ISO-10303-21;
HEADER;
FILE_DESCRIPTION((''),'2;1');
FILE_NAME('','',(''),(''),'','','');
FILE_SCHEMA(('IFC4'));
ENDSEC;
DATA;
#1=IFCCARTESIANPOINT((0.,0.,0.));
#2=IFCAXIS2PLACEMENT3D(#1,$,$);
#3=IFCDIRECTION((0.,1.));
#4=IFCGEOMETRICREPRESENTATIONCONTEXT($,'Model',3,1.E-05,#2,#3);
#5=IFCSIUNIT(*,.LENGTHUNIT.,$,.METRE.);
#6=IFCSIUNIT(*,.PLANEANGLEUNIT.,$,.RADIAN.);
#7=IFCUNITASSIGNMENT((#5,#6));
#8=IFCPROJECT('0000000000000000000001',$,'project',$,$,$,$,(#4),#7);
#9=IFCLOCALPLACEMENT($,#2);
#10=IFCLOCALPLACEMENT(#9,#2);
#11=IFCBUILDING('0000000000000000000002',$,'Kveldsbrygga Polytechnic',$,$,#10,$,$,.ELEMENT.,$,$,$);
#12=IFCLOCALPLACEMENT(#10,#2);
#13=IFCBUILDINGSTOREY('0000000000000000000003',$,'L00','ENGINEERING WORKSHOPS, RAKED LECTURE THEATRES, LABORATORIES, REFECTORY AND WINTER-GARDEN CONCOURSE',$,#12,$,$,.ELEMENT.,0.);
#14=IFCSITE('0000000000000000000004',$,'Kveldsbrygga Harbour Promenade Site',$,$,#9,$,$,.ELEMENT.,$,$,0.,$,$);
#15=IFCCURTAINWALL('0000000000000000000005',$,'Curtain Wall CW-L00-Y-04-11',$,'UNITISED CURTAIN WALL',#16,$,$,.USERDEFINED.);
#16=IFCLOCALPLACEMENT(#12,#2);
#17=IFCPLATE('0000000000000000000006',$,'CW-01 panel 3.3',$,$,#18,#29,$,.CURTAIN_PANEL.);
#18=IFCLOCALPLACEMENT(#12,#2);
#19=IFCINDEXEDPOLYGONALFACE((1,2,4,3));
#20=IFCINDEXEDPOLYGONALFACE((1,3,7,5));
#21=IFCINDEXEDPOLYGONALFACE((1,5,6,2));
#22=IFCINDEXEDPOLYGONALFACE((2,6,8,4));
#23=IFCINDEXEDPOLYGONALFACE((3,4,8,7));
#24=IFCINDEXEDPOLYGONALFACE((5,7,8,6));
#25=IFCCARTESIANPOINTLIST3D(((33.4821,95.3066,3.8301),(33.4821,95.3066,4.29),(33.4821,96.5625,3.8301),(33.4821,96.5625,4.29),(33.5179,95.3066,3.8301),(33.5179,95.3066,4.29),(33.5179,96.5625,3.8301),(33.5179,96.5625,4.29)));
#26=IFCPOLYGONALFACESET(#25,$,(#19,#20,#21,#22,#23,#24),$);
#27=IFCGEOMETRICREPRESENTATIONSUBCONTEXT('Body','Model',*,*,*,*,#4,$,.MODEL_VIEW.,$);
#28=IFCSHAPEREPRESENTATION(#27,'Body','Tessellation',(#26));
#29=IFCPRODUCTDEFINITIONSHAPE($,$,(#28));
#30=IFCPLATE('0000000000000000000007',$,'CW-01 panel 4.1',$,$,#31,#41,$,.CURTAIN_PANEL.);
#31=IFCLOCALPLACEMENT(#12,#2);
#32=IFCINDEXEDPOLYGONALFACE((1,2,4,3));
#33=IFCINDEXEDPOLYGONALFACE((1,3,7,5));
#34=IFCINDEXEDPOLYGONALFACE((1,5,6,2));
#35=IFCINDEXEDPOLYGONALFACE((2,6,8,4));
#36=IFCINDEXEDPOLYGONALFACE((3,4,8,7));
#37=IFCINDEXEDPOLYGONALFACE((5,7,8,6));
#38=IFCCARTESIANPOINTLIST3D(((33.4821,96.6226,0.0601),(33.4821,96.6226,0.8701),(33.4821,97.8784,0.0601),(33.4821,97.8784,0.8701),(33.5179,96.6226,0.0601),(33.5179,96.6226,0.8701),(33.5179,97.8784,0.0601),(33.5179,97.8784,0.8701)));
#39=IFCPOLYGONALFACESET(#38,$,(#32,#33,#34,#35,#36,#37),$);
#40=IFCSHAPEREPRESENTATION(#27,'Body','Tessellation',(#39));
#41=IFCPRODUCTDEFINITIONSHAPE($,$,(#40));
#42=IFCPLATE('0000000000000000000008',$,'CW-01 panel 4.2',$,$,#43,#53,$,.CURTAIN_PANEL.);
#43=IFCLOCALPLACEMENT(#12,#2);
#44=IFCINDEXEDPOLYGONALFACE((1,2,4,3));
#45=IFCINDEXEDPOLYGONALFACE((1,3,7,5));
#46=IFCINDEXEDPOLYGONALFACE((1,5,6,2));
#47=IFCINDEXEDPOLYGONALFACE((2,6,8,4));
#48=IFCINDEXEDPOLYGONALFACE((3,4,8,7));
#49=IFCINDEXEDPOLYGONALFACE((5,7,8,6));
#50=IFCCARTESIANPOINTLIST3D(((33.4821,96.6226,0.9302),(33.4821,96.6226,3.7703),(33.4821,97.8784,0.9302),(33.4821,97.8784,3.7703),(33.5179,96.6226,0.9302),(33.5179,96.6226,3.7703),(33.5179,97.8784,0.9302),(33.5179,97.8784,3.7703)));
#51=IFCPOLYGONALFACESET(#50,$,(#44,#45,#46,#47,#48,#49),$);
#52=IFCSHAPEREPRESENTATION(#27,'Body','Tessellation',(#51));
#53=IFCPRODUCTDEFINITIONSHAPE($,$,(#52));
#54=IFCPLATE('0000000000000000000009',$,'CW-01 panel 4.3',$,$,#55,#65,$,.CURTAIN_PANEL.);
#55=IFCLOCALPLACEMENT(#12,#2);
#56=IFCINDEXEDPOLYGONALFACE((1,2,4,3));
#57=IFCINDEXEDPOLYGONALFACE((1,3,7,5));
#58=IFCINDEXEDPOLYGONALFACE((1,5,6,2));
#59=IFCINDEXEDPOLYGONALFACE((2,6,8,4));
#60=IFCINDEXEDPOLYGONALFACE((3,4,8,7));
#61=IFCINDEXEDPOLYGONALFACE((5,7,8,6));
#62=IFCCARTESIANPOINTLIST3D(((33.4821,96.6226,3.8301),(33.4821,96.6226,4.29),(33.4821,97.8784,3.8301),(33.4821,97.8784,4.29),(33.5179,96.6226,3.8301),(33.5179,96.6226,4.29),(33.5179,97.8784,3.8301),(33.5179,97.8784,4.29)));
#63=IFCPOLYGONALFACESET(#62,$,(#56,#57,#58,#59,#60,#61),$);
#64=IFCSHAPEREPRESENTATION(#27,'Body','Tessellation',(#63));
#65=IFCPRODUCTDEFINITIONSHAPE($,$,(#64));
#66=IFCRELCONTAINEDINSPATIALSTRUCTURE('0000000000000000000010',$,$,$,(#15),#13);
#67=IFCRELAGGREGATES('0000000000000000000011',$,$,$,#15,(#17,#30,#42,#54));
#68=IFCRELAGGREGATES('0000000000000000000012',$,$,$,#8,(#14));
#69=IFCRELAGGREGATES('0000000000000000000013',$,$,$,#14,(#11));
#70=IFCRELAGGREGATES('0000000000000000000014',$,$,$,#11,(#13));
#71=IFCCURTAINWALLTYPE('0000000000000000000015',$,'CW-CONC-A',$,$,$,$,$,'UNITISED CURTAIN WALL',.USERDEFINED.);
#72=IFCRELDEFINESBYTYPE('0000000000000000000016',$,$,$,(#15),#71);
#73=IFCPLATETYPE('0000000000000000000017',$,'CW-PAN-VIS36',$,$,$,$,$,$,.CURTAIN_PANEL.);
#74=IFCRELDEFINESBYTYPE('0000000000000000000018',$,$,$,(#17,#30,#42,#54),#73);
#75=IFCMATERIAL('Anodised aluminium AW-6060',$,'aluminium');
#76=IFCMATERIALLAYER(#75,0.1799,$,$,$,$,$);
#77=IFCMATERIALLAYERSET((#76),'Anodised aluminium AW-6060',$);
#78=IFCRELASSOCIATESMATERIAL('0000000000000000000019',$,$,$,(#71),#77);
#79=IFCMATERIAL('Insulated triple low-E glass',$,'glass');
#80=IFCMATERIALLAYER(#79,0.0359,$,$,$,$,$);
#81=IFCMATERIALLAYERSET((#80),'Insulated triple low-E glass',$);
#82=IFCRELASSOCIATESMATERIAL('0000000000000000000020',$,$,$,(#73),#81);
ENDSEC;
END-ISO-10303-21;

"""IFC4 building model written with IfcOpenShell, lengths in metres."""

from ifc_helpers import new_model, si_unit, direction, frame, origin, origin_2d, place, context, subcontext, project, spatial, rectangle, extrude, material, layer, layer_set, type_object, element, aggregate, save


model = new_model("IFC4")

# Units and contexts
model_context = context("Model", 3, precision=1e-05, world=origin(), true_north=direction((0.0, 1.0)))
body_context = subcontext(model_context, "Body", "Model", "MODEL_VIEW")
ifc_project = project(units=[si_unit("LENGTHUNIT", "METRE"), si_unit("PLANEANGLEUNIT", "RADIAN")], contexts=[model_context])

# Site, building, storey
site_placement = place(None, origin())
site = spatial("IfcSite", under=ifc_project, at=site_placement, Name="Kveldsbrygga Harbour Promenade Site", CompositionType="ELEMENT", RefElevation=0.0)
building_placement = place(site_placement, origin())
building = spatial("IfcBuilding", under=site, at=building_placement, Name="Kveldsbrygga Polytechnic", CompositionType="ELEMENT")
storey_placement = place(building_placement, origin())
storey = spatial("IfcBuildingStorey", under=building, at=storey_placement, Name="L00", Description="ENGINEERING WORKSHOPS, RAKED LECTURE THEATRES, LABORATORIES, REFECTORY AND WINTER-GARDEN CONCOURSE", CompositionType="ELEMENT", Elevation=0.0)

# Curtain wall, plates
ifc_material_1 = material(Name="Anodised aluminium AW-6060", Category="aluminium")
ifc_layer_1 = layer(ifc_material_1, 0.1799)
ifc_layer_set_1 = layer_set([ifc_layer_1], Name="Anodised aluminium AW-6060")
curtain_wall_type = type_object("IfcCurtainWallType", Name="CW-CONC-A", ElementType="UNITISED CURTAIN WALL", PredefinedType="USERDEFINED", material=ifc_layer_set_1)
curtain_wall_placement = place(storey_placement, origin())
curtain_wall = element("IfcCurtainWall", 1, at=curtain_wall_placement, inside=storey, type_object=curtain_wall_type, Name="Curtain Wall CW-L00-Y-04-11", ObjectType="UNITISED CURTAIN WALL", PredefinedType="USERDEFINED")
ifc_material_2 = material(Name="Insulated triple low-E glass", Category="glass")
ifc_layer_2 = layer(ifc_material_2, 0.0359)
ifc_layer_set_2 = layer_set([ifc_layer_2], Name="Insulated triple low-E glass")
plate_type = type_object("IfcPlateType", Name="CW-PAN-VIS36", PredefinedType="CURTAIN_PANEL", material=ifc_layer_set_2)
plate_1_placement = place(storey_placement, frame((33.5, 95.9346, 3.8301), z_axis=(0.0, 0.0, 1.0), x_axis=(0.0, 1.0, 0.0)))
plate_1 = element("IfcPlate", 2, at=plate_1_placement, type_object=plate_type, Name="CW-01 panel 3.3", PredefinedType="CURTAIN_PANEL", context=body_context, shape_type="SweptSolid", body=[
    extrude(rectangle(XDim=1.2559, YDim=0.0359, at=origin_2d()), origin(), (0.0, 0.0, 1.0), 0.46),
])
plate_2_placement = place(storey_placement, frame((33.5, 97.2505, 0.0601), z_axis=(0.0, 0.0, 1.0), x_axis=(0.0, 1.0, 0.0)))
plate_2 = element("IfcPlate", 3, at=plate_2_placement, type_object=plate_type, Name="CW-01 panel 4.1", PredefinedType="CURTAIN_PANEL", context=body_context, shape_type="SweptSolid", body=[
    extrude(rectangle(XDim=1.2559, YDim=0.0359, at=origin_2d()), origin(), (0.0, 0.0, 1.0), 0.8101),
])
plate_3_placement = place(storey_placement, frame((33.5, 97.2505, 0.9302), z_axis=(0.0, 0.0, 1.0), x_axis=(0.0, 1.0, 0.0)))
plate_3 = element("IfcPlate", 4, at=plate_3_placement, type_object=plate_type, Name="CW-01 panel 4.2", PredefinedType="CURTAIN_PANEL", context=body_context, shape_type="SweptSolid", body=[
    extrude(rectangle(XDim=1.2559, YDim=0.0359, at=origin_2d()), origin(), (0.0, 0.0, 1.0), 2.8401),
])
plate_4_placement = place(storey_placement, frame((33.5, 97.2505, 3.8301), z_axis=(0.0, 0.0, 1.0), x_axis=(0.0, 1.0, 0.0)))
plate_4 = element("IfcPlate", 5, at=plate_4_placement, type_object=plate_type, Name="CW-01 panel 4.3", PredefinedType="CURTAIN_PANEL", context=body_context, shape_type="SweptSolid", body=[
    extrude(rectangle(XDim=1.2559, YDim=0.0359, at=origin_2d()), origin(), (0.0, 0.0, 1.0), 0.46),
])
aggregate(curtain_wall, [plate_1, plate_2, plate_3, plate_4])

save(model, "model.ifc")
